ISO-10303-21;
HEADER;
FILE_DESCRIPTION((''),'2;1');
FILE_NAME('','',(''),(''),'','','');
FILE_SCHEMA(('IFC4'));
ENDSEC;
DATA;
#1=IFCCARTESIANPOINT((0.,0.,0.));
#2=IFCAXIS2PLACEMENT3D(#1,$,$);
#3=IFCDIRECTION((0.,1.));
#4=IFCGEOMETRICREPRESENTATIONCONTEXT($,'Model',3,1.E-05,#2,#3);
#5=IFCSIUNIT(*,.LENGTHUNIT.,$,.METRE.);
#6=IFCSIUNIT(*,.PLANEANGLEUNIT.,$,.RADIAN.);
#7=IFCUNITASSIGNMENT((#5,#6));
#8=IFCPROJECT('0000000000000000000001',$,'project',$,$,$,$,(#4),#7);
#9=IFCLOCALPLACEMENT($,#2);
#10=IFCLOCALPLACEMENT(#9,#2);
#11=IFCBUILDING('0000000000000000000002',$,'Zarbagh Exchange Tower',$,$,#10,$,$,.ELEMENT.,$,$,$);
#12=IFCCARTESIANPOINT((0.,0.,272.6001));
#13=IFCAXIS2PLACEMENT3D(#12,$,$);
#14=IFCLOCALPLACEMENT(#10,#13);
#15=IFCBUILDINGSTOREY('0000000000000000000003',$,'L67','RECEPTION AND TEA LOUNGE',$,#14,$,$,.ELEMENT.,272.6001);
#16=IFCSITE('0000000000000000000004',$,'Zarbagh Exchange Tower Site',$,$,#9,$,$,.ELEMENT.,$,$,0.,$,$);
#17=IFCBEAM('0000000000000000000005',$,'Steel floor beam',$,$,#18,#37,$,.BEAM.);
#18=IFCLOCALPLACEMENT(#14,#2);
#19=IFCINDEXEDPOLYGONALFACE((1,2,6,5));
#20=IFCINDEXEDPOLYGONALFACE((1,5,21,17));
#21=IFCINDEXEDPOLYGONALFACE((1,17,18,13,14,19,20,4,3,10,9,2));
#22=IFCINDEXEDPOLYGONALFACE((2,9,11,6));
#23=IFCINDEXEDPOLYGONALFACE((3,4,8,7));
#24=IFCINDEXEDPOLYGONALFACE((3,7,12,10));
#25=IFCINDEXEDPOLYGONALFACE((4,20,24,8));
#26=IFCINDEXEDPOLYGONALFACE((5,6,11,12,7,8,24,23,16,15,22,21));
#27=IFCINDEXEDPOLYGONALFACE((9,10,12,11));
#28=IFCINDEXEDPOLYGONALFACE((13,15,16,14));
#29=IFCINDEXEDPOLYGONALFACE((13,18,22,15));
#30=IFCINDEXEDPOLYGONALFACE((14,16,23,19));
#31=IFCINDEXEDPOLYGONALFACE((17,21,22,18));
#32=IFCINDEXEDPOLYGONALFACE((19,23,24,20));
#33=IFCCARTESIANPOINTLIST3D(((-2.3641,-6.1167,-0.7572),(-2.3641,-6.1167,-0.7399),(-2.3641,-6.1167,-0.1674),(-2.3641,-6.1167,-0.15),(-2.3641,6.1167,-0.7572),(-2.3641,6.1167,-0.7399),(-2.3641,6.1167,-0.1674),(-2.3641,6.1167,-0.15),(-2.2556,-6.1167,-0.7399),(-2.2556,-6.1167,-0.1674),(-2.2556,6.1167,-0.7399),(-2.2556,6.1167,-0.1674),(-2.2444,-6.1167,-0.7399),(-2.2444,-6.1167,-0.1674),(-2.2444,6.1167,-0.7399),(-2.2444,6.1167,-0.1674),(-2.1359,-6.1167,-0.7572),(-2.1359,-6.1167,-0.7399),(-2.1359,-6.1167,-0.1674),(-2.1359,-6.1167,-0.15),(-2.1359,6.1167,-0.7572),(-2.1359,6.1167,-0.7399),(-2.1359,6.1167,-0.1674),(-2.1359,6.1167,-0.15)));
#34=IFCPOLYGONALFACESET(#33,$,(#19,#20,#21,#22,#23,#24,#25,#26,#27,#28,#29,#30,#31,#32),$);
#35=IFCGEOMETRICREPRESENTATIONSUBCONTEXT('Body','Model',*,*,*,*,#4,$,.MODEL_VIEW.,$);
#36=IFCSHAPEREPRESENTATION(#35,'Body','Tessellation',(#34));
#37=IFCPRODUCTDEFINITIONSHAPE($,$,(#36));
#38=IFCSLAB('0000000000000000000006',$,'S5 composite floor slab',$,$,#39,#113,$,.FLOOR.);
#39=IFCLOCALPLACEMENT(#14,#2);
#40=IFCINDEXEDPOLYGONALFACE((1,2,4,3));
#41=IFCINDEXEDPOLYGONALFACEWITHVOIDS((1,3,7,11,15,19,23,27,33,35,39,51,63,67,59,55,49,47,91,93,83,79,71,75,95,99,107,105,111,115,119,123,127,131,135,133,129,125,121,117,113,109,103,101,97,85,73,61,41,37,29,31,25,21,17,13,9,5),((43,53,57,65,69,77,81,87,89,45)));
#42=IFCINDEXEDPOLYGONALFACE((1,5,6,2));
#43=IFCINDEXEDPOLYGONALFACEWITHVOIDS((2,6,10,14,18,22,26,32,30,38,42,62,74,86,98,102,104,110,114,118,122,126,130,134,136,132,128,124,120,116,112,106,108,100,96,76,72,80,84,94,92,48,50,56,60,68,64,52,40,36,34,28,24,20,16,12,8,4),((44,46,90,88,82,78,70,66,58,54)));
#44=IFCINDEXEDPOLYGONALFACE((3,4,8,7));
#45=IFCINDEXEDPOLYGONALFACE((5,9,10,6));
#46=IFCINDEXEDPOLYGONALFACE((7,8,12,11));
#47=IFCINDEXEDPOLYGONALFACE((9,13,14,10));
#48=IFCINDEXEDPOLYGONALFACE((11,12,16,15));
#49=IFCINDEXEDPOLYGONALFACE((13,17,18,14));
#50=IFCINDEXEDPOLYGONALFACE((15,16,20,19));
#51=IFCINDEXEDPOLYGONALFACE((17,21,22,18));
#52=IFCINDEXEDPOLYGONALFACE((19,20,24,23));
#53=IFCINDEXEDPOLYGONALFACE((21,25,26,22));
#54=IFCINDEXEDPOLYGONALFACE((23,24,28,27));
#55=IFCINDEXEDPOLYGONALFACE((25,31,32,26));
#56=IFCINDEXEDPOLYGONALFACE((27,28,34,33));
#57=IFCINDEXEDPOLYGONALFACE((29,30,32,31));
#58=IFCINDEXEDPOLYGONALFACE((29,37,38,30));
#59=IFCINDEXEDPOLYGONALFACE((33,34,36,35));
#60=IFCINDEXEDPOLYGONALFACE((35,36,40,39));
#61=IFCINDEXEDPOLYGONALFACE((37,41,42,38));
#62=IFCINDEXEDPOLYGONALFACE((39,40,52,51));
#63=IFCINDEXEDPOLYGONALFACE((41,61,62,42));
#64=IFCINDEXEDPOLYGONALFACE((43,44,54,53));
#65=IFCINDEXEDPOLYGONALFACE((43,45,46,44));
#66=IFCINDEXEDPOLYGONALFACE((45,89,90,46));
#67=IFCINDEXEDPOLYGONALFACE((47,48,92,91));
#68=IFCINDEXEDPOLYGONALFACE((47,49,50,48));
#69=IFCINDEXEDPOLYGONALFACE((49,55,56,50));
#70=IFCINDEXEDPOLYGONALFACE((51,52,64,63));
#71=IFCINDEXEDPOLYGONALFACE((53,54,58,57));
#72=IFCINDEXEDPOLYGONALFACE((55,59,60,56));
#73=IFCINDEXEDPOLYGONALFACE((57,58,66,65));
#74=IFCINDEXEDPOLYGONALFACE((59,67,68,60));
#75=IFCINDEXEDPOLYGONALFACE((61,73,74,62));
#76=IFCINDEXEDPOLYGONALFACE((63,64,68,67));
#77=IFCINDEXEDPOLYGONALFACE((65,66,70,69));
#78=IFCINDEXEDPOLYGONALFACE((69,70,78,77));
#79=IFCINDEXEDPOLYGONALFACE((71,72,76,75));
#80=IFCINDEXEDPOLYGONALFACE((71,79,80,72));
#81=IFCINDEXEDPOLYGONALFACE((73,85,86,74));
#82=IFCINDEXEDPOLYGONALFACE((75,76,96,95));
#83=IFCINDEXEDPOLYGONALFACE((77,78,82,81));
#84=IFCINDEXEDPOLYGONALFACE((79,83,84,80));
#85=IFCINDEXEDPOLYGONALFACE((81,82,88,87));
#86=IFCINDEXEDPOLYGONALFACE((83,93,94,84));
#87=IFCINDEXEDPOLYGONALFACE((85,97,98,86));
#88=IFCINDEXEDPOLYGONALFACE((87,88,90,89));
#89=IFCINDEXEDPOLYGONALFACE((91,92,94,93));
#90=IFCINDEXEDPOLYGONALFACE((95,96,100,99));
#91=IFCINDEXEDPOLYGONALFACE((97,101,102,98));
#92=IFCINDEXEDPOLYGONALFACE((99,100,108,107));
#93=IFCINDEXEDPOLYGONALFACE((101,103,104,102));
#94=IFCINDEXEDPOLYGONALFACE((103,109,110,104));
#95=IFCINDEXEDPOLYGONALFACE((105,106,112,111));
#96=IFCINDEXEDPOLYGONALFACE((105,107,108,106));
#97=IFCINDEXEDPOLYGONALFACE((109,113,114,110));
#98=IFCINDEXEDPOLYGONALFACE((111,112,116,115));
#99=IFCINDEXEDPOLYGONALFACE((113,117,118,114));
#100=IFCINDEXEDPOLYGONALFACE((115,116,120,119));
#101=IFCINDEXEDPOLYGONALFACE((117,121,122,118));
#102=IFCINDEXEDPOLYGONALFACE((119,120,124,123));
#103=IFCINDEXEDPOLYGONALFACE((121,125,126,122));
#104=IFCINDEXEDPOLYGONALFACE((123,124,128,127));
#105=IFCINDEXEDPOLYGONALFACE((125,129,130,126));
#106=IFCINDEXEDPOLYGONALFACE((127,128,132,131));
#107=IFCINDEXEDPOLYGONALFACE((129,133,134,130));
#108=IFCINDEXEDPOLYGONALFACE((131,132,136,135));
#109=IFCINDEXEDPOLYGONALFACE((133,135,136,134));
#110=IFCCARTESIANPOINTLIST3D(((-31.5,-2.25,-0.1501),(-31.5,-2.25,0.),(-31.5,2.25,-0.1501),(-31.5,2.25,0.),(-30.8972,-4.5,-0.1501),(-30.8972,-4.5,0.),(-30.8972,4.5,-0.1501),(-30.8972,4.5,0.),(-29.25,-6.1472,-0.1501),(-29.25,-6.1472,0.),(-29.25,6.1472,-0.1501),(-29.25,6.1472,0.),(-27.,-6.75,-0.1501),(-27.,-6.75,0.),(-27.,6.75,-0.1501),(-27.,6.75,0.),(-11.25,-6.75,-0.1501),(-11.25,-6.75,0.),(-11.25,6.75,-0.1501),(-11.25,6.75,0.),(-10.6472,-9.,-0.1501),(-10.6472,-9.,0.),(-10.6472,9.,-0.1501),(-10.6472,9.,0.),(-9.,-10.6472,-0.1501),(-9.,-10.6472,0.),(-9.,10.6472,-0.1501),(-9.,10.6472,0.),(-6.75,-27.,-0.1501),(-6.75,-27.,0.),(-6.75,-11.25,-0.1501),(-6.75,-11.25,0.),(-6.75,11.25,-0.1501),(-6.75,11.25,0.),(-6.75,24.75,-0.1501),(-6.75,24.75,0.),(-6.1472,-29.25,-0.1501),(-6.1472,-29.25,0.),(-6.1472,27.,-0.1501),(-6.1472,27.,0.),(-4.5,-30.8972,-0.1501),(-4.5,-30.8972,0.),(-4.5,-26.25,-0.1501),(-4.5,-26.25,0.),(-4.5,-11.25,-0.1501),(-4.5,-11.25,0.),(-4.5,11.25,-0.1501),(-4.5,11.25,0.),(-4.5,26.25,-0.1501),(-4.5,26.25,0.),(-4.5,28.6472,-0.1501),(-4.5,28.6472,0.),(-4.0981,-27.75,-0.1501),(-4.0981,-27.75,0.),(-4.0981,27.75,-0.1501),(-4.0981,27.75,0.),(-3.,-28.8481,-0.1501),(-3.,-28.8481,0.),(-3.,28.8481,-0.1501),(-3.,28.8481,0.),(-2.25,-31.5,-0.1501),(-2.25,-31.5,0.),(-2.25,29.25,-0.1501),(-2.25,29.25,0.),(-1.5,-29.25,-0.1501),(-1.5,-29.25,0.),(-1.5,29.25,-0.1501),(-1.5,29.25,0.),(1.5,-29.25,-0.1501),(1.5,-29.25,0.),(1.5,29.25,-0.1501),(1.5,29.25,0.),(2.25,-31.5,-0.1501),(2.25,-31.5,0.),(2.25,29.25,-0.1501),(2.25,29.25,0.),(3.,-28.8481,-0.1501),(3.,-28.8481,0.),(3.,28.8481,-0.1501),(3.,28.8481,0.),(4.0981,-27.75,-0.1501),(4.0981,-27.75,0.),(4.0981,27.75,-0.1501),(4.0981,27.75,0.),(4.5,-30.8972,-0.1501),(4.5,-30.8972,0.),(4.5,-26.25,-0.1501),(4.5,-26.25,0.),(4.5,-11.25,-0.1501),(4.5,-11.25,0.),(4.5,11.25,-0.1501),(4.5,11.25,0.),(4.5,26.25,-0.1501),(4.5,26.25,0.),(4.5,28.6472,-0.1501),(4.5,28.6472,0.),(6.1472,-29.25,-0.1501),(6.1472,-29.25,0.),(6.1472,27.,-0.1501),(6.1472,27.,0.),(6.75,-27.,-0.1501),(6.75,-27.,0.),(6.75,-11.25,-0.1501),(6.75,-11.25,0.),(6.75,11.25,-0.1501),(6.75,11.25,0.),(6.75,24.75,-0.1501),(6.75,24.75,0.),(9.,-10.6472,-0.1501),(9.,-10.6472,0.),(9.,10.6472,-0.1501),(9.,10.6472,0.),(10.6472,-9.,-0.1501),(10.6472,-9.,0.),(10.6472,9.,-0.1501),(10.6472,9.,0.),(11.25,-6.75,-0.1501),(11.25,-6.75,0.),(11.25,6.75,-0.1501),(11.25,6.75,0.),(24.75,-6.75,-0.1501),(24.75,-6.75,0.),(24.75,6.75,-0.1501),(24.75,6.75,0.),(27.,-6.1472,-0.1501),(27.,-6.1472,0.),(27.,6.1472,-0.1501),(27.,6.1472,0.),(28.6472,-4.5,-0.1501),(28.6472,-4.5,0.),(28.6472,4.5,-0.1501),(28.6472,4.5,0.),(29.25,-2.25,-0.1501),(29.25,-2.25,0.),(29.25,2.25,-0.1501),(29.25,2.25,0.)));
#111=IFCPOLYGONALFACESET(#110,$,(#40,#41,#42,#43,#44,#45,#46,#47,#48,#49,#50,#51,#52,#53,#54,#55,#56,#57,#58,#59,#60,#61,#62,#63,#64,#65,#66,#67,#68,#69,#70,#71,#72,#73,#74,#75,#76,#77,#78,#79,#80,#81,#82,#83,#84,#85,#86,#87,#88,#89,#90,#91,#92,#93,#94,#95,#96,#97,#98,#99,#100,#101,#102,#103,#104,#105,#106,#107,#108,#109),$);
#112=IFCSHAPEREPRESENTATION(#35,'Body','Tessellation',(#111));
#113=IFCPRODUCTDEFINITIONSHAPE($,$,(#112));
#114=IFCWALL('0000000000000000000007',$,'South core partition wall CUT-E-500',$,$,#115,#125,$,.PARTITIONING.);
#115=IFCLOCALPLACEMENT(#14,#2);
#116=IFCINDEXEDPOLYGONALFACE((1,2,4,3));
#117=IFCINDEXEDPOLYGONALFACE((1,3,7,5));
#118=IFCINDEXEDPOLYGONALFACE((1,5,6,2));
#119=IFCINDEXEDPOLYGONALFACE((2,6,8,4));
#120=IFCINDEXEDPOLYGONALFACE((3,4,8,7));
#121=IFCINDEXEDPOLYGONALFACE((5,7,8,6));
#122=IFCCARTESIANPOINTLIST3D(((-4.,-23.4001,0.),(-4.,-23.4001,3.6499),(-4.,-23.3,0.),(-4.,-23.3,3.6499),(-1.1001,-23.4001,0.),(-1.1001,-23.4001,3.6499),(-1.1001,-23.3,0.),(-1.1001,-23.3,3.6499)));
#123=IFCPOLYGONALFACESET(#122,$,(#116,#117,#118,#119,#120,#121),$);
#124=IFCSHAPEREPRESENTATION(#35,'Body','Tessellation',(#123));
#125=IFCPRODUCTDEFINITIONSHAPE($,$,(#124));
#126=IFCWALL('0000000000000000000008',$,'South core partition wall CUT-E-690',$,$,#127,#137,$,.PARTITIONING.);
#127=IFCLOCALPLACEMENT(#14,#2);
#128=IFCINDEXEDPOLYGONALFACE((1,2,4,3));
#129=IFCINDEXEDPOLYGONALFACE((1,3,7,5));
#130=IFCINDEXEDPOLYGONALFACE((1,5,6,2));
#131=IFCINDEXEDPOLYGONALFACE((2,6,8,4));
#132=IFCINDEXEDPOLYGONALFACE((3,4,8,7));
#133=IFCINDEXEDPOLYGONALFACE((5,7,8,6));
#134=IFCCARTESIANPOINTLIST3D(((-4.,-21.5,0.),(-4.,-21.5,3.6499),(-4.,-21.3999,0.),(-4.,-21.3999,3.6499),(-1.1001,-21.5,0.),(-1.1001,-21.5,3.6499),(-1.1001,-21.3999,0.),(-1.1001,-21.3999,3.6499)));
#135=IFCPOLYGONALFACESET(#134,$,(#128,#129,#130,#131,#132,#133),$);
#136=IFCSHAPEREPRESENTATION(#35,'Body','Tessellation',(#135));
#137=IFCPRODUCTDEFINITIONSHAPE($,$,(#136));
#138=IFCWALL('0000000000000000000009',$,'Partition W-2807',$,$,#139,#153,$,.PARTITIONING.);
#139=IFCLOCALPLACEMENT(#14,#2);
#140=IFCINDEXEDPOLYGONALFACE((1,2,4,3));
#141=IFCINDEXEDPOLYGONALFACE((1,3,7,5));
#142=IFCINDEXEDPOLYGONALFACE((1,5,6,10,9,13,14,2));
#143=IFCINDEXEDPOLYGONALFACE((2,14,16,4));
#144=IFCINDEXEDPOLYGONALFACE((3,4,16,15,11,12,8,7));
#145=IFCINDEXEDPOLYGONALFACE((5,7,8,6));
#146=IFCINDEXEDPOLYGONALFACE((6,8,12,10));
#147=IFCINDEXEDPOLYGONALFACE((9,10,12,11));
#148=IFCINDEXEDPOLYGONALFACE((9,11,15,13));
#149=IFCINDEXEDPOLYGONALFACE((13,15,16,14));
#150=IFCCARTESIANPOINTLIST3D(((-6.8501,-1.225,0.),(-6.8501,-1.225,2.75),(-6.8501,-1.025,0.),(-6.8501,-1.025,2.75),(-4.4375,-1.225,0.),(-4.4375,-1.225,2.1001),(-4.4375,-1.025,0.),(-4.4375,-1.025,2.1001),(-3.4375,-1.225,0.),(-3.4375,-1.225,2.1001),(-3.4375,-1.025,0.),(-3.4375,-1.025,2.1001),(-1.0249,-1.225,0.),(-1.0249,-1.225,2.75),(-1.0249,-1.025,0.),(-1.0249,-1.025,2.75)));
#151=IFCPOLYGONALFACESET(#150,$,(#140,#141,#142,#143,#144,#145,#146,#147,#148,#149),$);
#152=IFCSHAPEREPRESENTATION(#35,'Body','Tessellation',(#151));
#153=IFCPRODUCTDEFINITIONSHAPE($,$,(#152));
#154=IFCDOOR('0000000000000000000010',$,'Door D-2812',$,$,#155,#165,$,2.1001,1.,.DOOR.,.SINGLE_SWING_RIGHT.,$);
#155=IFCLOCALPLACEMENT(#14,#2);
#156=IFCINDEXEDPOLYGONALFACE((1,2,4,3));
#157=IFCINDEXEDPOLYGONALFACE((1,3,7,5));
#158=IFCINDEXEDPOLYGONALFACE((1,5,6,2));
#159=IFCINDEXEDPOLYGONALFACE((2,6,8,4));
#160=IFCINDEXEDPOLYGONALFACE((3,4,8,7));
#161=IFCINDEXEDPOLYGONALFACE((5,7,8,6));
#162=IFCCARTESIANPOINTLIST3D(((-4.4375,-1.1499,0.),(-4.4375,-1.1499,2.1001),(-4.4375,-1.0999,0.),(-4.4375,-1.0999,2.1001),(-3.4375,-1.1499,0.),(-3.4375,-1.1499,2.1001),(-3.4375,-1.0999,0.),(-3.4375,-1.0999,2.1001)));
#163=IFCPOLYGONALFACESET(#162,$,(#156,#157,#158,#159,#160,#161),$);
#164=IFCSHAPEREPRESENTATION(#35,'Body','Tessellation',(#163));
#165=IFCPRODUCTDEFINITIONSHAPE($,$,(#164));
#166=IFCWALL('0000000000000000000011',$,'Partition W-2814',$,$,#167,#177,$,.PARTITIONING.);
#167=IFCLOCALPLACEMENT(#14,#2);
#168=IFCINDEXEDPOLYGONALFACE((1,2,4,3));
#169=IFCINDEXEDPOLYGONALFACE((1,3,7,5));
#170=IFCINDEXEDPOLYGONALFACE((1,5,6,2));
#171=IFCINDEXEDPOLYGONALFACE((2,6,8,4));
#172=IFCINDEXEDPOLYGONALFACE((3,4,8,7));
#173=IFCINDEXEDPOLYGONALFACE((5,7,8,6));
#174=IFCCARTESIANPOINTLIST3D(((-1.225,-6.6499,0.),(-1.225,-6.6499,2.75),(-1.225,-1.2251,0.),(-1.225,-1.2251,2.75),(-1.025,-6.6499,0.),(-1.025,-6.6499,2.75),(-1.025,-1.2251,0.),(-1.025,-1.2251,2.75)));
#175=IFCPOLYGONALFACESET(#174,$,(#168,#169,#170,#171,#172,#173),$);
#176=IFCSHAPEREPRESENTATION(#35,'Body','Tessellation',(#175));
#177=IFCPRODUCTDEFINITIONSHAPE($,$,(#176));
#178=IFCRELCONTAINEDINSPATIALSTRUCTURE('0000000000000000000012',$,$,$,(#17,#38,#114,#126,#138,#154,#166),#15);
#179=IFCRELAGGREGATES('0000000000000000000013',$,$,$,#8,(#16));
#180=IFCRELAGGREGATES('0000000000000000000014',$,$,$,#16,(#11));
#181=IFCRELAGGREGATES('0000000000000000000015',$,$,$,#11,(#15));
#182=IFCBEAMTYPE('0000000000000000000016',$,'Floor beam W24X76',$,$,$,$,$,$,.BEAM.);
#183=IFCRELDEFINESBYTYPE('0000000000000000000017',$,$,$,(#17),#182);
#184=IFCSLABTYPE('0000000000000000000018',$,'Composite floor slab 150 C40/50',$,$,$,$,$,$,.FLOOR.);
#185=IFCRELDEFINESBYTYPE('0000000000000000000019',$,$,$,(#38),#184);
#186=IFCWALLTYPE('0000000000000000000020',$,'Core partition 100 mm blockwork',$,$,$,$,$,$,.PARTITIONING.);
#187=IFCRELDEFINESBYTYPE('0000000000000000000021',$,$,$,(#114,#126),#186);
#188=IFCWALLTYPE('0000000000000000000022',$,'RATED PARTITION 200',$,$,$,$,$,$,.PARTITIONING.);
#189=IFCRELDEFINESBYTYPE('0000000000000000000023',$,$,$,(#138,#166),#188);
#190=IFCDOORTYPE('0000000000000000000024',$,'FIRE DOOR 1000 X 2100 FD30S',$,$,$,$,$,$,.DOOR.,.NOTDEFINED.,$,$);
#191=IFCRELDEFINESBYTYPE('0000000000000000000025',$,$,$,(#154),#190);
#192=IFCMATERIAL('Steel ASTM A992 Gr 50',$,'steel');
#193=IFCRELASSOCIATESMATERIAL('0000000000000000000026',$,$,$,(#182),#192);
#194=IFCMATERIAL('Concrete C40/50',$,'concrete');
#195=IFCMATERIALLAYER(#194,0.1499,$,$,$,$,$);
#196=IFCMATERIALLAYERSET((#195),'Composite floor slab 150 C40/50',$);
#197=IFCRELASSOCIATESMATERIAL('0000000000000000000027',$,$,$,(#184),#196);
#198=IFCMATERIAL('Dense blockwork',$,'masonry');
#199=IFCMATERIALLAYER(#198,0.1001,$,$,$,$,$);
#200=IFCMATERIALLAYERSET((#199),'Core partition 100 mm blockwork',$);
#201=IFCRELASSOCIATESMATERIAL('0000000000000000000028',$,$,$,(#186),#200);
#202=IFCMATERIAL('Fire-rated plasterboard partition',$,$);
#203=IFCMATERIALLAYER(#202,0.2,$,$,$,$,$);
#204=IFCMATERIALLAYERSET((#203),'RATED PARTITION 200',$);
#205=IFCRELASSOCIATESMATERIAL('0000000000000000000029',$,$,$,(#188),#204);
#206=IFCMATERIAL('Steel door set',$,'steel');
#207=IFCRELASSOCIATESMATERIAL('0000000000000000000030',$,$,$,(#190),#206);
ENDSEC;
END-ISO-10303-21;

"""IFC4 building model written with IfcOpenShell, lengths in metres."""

from ifc_helpers import new_model, si_unit, direction, frame, frame_2d, origin, origin_2d, place, context, subcontext, project, spatial, polyline, rectangle, i_section, outline, extrude, material, layer, layer_set, material_profile, profile_set, type_object, element, fill, save


model = new_model("IFC4")

# Units and contexts
model_context = context("Model", 3, precision=1e-05, world=origin(), true_north=direction((0.0, 1.0)))
body_context = subcontext(model_context, "Body", "Model", "MODEL_VIEW")
ifc_project = project(units=[si_unit("LENGTHUNIT", "METRE"), si_unit("PLANEANGLEUNIT", "RADIAN")], contexts=[model_context])

# Site, building, storey
site_placement = place(None, origin())
site = spatial("IfcSite", under=ifc_project, at=site_placement, Name="Zarbagh Exchange Tower Site", CompositionType="ELEMENT", RefElevation=0.0)
building_placement = place(site_placement, origin())
building = spatial("IfcBuilding", under=site, at=building_placement, Name="Zarbagh Exchange Tower", CompositionType="ELEMENT")
storey_placement = place(building_placement, frame((0.0, 0.0, 272.6001)))
storey = spatial("IfcBuildingStorey", under=building, at=storey_placement, Name="L67", Description="RECEPTION AND TEA LOUNGE", CompositionType="ELEMENT", Elevation=272.6001)

# Beam
ifc_material_1 = material(Name="Steel ASTM A992 Gr 50", Category="steel")
ifc_material_profile = material_profile(ifc_material_1, i_section(OverallWidth=0.2283, OverallDepth=0.6072, WebThickness=0.0112, FlangeThickness=0.0173, at=origin_2d()), Name="W24X76")
ifc_profile_set = profile_set([ifc_material_profile], Name="Steel ASTM A992 Gr 50")
beam_type = type_object("IfcBeamType", Name="Floor beam W24X76", PredefinedType="BEAM", material=ifc_profile_set)
beam_placement = place(storey_placement, frame((-2.25, -6.1167, -0.4536), z_axis=(0.0, 1.0, 0.0), x_axis=(-1.0, 0.0, 0.0)))
element("IfcBeam", 1, at=beam_placement, inside=storey, type_object=beam_type, Name="Steel floor beam", PredefinedType="BEAM", context=body_context, shape_type="SweptSolid", body=[
    extrude(i_section(OverallWidth=0.2283, OverallDepth=0.6072, WebThickness=0.0112, FlangeThickness=0.0173, at=origin_2d()), origin(), (0.0, 0.0, 1.0), 12.2334),
])

# Slab
ifc_material_2 = material(Name="Concrete C40/50", Category="concrete")
ifc_layer_1 = layer(ifc_material_2, 0.1499)
ifc_layer_set_1 = layer_set([ifc_layer_1], Name="Composite floor slab 150 C40/50")
slab_type = type_object("IfcSlabType", Name="Composite floor slab 150 C40/50", PredefinedType="FLOOR", material=ifc_layer_set_1)
slab_placement = place(storey_placement, frame((0.0, 0.0, -0.1501)))
element("IfcSlab", 2, at=slab_placement, inside=storey, type_object=slab_type, Name="S5 composite floor slab", PredefinedType="FLOOR", context=body_context, shape_type="SweptSolid", body=[
    extrude(outline(polyline([(-2.25, -31.5), (-4.5, -30.8972), (-6.1472, -29.25), (-6.75, -27.0), (-6.75, -11.25), (-9.0, -10.6472), (-10.6472, -9.0), (-11.25, -6.75), (-27.0, -6.75), (-29.25, -6.1472), (-30.8972, -4.5), (-31.5, -2.25), (-31.5, 2.25), (-30.8972, 4.5), (-29.25, 6.1472), (-27.0, 6.75), (-11.25, 6.75), (-10.6472, 9.0), (-9.0, 10.6472), (-6.75, 11.25), (-6.75, 24.75), (-6.1472, 27.0), (-4.5, 28.6472), (-2.25, 29.25), (-1.5, 29.25), (-3.0, 28.8481), (-4.0981, 27.75), (-4.5, 26.25), (-4.5, 11.25), (4.5, 11.25), (4.5, 26.25), (4.0981, 27.75), (3.0, 28.8481), (1.5, 29.25), (2.25, 29.25), (4.5, 28.6472), (6.1472, 27.0), (6.75, 24.75), (6.75, 11.25), (9.0, 10.6472), (10.6472, 9.0), (11.25, 6.75), (24.75, 6.75), (27.0, 6.1472), (28.6472, 4.5), (29.25, 2.25), (29.25, -2.25), (28.6472, -4.5), (27.0, -6.1472), (24.75, -6.75), (11.25, -6.75), (10.6472, -9.0), (9.0, -10.6472), (6.75, -11.25), (6.75, -27.0), (6.1472, -29.25), (4.5, -30.8972), (2.25, -31.5), (-2.25, -31.5)]), holes=[polyline([(-1.5, -29.25), (1.5, -29.25), (3.0, -28.8481), (4.0981, -27.75), (4.5, -26.25), (4.5, -11.25), (-4.5, -11.25), (-4.5, -26.25), (-4.0981, -27.75), (-3.0, -28.8481), (-1.5, -29.25)])]), origin(), (0.0, 0.0, 1.0), 0.1501),
])

# Walls
ifc_material_3 = material(Name="Dense blockwork", Category="masonry")
ifc_layer_2 = layer(ifc_material_3, 0.1001)
ifc_layer_set_2 = layer_set([ifc_layer_2], Name="Core partition 100 mm blockwork")
wall_type_1 = type_object("IfcWallType", Name="Core partition 100 mm blockwork", PredefinedType="PARTITIONING", material=ifc_layer_set_2)
for number, where, z_axis, x_axis, name in (
    (3, (-1.1001, -23.3501, 0.0), (0.0, 0.0, 1.0), (-1.0, 0.0, 0.0), "South core partition wall CUT-E-500"),
    (4, (-1.1001, -21.45, 0.0), (0.0, 0.0, 1.0), (-1.0, 0.0, 0.0), "South core partition wall CUT-E-690"),
):
    element("IfcWall", number, at=place(storey_placement, frame(where, z_axis=z_axis, x_axis=x_axis)), inside=storey, type_object=wall_type_1, Name=name, PredefinedType="PARTITIONING", context=body_context, shape_type="SweptSolid", body=[
        extrude(rectangle(XDim=2.8999, YDim=0.1001, at=frame_2d((1.45, 0.0))), origin(), (0.0, 0.0, 1.0), 3.6499),
    ])

# Wall, opening, door
ifc_material_4 = material(Name="Fire-rated plasterboard partition")
ifc_layer_3 = layer(ifc_material_4, 0.2)
ifc_layer_set_3 = layer_set([ifc_layer_3], Name="RATED PARTITION 200")
wall_type_2 = type_object("IfcWallType", Name="RATED PARTITION 200", PredefinedType="PARTITIONING", material=ifc_layer_set_3)
wall_1_placement = place(storey_placement, frame((-1.0249, -1.125, 0.0), z_axis=(0.0, 0.0, 1.0), x_axis=(-1.0, 0.0, 0.0)))
wall_1 = element("IfcWall", 5, at=wall_1_placement, inside=storey, type_object=wall_type_2, Name="Partition W-2807", PredefinedType="PARTITIONING", context=body_context, shape_type="SweptSolid", body=[
    extrude(rectangle(XDim=5.8252, YDim=0.2, at=frame_2d((2.9126, 0.0))), origin(), (0.0, 0.0, 1.0), 2.75),
])
opening_1_placement = place(wall_1_placement, frame((2.4126, 0.0, 0.0)))
opening_1 = element("IfcOpeningElement", 6, at=opening_1_placement, cuts=wall_1, PredefinedType="OPENING", context=body_context, shape_type="SweptSolid", body=[
    extrude(rectangle(XDim=1.0, YDim=2.1001, at=frame_2d((0.5, 1.05))), frame((0.0, 0.1099, 0.0), z_axis=(0.0, -1.0, 0.0), x_axis=(1.0, 0.0, 0.0)), (0.0, 0.0, 1.0), 0.22),
])
ifc_material_5 = material(Name="Steel door set", Category="steel")
door_type_1 = type_object("IfcDoorType", Name="FIRE DOOR 1000 X 2100 FD30S", OperationType="NOTDEFINED", PredefinedType="DOOR", material=ifc_material_5)
door_1_placement = place(opening_1_placement, origin())
door_1 = element("IfcDoor", 7, at=door_1_placement, inside=storey, type_object=door_type_1, Name="Door D-2812", OperationType="SINGLE_SWING_RIGHT", OverallHeight=2.1001, OverallWidth=1.0, PredefinedType="DOOR", context=body_context, shape_type="SweptSolid", body=[
    extrude(rectangle(XDim=1.0, YDim=2.1001, at=frame_2d((0.5, 1.05))), frame((0.0, 0.0249, 0.0), z_axis=(0.0, -1.0, 0.0), x_axis=(1.0, 0.0, 0.0)), (0.0, 0.0, 1.0), 0.05),
])
fill(opening_1, door_1)

# Wall
wall_2_placement = place(storey_placement, frame((-1.125, -6.6499, 0.0), z_axis=(0.0, 0.0, 1.0), x_axis=(0.0, 1.0, 0.0)))
element("IfcWall", 8, at=wall_2_placement, inside=storey, type_object=wall_type_2, Name="Partition W-2814", PredefinedType="PARTITIONING", context=body_context, shape_type="SweptSolid", body=[
    extrude(rectangle(XDim=5.4248, YDim=0.2, at=frame_2d((2.7124, 0.0))), origin(), (0.0, 0.0, 1.0), 2.75),
])

save(model, "model.ifc")
